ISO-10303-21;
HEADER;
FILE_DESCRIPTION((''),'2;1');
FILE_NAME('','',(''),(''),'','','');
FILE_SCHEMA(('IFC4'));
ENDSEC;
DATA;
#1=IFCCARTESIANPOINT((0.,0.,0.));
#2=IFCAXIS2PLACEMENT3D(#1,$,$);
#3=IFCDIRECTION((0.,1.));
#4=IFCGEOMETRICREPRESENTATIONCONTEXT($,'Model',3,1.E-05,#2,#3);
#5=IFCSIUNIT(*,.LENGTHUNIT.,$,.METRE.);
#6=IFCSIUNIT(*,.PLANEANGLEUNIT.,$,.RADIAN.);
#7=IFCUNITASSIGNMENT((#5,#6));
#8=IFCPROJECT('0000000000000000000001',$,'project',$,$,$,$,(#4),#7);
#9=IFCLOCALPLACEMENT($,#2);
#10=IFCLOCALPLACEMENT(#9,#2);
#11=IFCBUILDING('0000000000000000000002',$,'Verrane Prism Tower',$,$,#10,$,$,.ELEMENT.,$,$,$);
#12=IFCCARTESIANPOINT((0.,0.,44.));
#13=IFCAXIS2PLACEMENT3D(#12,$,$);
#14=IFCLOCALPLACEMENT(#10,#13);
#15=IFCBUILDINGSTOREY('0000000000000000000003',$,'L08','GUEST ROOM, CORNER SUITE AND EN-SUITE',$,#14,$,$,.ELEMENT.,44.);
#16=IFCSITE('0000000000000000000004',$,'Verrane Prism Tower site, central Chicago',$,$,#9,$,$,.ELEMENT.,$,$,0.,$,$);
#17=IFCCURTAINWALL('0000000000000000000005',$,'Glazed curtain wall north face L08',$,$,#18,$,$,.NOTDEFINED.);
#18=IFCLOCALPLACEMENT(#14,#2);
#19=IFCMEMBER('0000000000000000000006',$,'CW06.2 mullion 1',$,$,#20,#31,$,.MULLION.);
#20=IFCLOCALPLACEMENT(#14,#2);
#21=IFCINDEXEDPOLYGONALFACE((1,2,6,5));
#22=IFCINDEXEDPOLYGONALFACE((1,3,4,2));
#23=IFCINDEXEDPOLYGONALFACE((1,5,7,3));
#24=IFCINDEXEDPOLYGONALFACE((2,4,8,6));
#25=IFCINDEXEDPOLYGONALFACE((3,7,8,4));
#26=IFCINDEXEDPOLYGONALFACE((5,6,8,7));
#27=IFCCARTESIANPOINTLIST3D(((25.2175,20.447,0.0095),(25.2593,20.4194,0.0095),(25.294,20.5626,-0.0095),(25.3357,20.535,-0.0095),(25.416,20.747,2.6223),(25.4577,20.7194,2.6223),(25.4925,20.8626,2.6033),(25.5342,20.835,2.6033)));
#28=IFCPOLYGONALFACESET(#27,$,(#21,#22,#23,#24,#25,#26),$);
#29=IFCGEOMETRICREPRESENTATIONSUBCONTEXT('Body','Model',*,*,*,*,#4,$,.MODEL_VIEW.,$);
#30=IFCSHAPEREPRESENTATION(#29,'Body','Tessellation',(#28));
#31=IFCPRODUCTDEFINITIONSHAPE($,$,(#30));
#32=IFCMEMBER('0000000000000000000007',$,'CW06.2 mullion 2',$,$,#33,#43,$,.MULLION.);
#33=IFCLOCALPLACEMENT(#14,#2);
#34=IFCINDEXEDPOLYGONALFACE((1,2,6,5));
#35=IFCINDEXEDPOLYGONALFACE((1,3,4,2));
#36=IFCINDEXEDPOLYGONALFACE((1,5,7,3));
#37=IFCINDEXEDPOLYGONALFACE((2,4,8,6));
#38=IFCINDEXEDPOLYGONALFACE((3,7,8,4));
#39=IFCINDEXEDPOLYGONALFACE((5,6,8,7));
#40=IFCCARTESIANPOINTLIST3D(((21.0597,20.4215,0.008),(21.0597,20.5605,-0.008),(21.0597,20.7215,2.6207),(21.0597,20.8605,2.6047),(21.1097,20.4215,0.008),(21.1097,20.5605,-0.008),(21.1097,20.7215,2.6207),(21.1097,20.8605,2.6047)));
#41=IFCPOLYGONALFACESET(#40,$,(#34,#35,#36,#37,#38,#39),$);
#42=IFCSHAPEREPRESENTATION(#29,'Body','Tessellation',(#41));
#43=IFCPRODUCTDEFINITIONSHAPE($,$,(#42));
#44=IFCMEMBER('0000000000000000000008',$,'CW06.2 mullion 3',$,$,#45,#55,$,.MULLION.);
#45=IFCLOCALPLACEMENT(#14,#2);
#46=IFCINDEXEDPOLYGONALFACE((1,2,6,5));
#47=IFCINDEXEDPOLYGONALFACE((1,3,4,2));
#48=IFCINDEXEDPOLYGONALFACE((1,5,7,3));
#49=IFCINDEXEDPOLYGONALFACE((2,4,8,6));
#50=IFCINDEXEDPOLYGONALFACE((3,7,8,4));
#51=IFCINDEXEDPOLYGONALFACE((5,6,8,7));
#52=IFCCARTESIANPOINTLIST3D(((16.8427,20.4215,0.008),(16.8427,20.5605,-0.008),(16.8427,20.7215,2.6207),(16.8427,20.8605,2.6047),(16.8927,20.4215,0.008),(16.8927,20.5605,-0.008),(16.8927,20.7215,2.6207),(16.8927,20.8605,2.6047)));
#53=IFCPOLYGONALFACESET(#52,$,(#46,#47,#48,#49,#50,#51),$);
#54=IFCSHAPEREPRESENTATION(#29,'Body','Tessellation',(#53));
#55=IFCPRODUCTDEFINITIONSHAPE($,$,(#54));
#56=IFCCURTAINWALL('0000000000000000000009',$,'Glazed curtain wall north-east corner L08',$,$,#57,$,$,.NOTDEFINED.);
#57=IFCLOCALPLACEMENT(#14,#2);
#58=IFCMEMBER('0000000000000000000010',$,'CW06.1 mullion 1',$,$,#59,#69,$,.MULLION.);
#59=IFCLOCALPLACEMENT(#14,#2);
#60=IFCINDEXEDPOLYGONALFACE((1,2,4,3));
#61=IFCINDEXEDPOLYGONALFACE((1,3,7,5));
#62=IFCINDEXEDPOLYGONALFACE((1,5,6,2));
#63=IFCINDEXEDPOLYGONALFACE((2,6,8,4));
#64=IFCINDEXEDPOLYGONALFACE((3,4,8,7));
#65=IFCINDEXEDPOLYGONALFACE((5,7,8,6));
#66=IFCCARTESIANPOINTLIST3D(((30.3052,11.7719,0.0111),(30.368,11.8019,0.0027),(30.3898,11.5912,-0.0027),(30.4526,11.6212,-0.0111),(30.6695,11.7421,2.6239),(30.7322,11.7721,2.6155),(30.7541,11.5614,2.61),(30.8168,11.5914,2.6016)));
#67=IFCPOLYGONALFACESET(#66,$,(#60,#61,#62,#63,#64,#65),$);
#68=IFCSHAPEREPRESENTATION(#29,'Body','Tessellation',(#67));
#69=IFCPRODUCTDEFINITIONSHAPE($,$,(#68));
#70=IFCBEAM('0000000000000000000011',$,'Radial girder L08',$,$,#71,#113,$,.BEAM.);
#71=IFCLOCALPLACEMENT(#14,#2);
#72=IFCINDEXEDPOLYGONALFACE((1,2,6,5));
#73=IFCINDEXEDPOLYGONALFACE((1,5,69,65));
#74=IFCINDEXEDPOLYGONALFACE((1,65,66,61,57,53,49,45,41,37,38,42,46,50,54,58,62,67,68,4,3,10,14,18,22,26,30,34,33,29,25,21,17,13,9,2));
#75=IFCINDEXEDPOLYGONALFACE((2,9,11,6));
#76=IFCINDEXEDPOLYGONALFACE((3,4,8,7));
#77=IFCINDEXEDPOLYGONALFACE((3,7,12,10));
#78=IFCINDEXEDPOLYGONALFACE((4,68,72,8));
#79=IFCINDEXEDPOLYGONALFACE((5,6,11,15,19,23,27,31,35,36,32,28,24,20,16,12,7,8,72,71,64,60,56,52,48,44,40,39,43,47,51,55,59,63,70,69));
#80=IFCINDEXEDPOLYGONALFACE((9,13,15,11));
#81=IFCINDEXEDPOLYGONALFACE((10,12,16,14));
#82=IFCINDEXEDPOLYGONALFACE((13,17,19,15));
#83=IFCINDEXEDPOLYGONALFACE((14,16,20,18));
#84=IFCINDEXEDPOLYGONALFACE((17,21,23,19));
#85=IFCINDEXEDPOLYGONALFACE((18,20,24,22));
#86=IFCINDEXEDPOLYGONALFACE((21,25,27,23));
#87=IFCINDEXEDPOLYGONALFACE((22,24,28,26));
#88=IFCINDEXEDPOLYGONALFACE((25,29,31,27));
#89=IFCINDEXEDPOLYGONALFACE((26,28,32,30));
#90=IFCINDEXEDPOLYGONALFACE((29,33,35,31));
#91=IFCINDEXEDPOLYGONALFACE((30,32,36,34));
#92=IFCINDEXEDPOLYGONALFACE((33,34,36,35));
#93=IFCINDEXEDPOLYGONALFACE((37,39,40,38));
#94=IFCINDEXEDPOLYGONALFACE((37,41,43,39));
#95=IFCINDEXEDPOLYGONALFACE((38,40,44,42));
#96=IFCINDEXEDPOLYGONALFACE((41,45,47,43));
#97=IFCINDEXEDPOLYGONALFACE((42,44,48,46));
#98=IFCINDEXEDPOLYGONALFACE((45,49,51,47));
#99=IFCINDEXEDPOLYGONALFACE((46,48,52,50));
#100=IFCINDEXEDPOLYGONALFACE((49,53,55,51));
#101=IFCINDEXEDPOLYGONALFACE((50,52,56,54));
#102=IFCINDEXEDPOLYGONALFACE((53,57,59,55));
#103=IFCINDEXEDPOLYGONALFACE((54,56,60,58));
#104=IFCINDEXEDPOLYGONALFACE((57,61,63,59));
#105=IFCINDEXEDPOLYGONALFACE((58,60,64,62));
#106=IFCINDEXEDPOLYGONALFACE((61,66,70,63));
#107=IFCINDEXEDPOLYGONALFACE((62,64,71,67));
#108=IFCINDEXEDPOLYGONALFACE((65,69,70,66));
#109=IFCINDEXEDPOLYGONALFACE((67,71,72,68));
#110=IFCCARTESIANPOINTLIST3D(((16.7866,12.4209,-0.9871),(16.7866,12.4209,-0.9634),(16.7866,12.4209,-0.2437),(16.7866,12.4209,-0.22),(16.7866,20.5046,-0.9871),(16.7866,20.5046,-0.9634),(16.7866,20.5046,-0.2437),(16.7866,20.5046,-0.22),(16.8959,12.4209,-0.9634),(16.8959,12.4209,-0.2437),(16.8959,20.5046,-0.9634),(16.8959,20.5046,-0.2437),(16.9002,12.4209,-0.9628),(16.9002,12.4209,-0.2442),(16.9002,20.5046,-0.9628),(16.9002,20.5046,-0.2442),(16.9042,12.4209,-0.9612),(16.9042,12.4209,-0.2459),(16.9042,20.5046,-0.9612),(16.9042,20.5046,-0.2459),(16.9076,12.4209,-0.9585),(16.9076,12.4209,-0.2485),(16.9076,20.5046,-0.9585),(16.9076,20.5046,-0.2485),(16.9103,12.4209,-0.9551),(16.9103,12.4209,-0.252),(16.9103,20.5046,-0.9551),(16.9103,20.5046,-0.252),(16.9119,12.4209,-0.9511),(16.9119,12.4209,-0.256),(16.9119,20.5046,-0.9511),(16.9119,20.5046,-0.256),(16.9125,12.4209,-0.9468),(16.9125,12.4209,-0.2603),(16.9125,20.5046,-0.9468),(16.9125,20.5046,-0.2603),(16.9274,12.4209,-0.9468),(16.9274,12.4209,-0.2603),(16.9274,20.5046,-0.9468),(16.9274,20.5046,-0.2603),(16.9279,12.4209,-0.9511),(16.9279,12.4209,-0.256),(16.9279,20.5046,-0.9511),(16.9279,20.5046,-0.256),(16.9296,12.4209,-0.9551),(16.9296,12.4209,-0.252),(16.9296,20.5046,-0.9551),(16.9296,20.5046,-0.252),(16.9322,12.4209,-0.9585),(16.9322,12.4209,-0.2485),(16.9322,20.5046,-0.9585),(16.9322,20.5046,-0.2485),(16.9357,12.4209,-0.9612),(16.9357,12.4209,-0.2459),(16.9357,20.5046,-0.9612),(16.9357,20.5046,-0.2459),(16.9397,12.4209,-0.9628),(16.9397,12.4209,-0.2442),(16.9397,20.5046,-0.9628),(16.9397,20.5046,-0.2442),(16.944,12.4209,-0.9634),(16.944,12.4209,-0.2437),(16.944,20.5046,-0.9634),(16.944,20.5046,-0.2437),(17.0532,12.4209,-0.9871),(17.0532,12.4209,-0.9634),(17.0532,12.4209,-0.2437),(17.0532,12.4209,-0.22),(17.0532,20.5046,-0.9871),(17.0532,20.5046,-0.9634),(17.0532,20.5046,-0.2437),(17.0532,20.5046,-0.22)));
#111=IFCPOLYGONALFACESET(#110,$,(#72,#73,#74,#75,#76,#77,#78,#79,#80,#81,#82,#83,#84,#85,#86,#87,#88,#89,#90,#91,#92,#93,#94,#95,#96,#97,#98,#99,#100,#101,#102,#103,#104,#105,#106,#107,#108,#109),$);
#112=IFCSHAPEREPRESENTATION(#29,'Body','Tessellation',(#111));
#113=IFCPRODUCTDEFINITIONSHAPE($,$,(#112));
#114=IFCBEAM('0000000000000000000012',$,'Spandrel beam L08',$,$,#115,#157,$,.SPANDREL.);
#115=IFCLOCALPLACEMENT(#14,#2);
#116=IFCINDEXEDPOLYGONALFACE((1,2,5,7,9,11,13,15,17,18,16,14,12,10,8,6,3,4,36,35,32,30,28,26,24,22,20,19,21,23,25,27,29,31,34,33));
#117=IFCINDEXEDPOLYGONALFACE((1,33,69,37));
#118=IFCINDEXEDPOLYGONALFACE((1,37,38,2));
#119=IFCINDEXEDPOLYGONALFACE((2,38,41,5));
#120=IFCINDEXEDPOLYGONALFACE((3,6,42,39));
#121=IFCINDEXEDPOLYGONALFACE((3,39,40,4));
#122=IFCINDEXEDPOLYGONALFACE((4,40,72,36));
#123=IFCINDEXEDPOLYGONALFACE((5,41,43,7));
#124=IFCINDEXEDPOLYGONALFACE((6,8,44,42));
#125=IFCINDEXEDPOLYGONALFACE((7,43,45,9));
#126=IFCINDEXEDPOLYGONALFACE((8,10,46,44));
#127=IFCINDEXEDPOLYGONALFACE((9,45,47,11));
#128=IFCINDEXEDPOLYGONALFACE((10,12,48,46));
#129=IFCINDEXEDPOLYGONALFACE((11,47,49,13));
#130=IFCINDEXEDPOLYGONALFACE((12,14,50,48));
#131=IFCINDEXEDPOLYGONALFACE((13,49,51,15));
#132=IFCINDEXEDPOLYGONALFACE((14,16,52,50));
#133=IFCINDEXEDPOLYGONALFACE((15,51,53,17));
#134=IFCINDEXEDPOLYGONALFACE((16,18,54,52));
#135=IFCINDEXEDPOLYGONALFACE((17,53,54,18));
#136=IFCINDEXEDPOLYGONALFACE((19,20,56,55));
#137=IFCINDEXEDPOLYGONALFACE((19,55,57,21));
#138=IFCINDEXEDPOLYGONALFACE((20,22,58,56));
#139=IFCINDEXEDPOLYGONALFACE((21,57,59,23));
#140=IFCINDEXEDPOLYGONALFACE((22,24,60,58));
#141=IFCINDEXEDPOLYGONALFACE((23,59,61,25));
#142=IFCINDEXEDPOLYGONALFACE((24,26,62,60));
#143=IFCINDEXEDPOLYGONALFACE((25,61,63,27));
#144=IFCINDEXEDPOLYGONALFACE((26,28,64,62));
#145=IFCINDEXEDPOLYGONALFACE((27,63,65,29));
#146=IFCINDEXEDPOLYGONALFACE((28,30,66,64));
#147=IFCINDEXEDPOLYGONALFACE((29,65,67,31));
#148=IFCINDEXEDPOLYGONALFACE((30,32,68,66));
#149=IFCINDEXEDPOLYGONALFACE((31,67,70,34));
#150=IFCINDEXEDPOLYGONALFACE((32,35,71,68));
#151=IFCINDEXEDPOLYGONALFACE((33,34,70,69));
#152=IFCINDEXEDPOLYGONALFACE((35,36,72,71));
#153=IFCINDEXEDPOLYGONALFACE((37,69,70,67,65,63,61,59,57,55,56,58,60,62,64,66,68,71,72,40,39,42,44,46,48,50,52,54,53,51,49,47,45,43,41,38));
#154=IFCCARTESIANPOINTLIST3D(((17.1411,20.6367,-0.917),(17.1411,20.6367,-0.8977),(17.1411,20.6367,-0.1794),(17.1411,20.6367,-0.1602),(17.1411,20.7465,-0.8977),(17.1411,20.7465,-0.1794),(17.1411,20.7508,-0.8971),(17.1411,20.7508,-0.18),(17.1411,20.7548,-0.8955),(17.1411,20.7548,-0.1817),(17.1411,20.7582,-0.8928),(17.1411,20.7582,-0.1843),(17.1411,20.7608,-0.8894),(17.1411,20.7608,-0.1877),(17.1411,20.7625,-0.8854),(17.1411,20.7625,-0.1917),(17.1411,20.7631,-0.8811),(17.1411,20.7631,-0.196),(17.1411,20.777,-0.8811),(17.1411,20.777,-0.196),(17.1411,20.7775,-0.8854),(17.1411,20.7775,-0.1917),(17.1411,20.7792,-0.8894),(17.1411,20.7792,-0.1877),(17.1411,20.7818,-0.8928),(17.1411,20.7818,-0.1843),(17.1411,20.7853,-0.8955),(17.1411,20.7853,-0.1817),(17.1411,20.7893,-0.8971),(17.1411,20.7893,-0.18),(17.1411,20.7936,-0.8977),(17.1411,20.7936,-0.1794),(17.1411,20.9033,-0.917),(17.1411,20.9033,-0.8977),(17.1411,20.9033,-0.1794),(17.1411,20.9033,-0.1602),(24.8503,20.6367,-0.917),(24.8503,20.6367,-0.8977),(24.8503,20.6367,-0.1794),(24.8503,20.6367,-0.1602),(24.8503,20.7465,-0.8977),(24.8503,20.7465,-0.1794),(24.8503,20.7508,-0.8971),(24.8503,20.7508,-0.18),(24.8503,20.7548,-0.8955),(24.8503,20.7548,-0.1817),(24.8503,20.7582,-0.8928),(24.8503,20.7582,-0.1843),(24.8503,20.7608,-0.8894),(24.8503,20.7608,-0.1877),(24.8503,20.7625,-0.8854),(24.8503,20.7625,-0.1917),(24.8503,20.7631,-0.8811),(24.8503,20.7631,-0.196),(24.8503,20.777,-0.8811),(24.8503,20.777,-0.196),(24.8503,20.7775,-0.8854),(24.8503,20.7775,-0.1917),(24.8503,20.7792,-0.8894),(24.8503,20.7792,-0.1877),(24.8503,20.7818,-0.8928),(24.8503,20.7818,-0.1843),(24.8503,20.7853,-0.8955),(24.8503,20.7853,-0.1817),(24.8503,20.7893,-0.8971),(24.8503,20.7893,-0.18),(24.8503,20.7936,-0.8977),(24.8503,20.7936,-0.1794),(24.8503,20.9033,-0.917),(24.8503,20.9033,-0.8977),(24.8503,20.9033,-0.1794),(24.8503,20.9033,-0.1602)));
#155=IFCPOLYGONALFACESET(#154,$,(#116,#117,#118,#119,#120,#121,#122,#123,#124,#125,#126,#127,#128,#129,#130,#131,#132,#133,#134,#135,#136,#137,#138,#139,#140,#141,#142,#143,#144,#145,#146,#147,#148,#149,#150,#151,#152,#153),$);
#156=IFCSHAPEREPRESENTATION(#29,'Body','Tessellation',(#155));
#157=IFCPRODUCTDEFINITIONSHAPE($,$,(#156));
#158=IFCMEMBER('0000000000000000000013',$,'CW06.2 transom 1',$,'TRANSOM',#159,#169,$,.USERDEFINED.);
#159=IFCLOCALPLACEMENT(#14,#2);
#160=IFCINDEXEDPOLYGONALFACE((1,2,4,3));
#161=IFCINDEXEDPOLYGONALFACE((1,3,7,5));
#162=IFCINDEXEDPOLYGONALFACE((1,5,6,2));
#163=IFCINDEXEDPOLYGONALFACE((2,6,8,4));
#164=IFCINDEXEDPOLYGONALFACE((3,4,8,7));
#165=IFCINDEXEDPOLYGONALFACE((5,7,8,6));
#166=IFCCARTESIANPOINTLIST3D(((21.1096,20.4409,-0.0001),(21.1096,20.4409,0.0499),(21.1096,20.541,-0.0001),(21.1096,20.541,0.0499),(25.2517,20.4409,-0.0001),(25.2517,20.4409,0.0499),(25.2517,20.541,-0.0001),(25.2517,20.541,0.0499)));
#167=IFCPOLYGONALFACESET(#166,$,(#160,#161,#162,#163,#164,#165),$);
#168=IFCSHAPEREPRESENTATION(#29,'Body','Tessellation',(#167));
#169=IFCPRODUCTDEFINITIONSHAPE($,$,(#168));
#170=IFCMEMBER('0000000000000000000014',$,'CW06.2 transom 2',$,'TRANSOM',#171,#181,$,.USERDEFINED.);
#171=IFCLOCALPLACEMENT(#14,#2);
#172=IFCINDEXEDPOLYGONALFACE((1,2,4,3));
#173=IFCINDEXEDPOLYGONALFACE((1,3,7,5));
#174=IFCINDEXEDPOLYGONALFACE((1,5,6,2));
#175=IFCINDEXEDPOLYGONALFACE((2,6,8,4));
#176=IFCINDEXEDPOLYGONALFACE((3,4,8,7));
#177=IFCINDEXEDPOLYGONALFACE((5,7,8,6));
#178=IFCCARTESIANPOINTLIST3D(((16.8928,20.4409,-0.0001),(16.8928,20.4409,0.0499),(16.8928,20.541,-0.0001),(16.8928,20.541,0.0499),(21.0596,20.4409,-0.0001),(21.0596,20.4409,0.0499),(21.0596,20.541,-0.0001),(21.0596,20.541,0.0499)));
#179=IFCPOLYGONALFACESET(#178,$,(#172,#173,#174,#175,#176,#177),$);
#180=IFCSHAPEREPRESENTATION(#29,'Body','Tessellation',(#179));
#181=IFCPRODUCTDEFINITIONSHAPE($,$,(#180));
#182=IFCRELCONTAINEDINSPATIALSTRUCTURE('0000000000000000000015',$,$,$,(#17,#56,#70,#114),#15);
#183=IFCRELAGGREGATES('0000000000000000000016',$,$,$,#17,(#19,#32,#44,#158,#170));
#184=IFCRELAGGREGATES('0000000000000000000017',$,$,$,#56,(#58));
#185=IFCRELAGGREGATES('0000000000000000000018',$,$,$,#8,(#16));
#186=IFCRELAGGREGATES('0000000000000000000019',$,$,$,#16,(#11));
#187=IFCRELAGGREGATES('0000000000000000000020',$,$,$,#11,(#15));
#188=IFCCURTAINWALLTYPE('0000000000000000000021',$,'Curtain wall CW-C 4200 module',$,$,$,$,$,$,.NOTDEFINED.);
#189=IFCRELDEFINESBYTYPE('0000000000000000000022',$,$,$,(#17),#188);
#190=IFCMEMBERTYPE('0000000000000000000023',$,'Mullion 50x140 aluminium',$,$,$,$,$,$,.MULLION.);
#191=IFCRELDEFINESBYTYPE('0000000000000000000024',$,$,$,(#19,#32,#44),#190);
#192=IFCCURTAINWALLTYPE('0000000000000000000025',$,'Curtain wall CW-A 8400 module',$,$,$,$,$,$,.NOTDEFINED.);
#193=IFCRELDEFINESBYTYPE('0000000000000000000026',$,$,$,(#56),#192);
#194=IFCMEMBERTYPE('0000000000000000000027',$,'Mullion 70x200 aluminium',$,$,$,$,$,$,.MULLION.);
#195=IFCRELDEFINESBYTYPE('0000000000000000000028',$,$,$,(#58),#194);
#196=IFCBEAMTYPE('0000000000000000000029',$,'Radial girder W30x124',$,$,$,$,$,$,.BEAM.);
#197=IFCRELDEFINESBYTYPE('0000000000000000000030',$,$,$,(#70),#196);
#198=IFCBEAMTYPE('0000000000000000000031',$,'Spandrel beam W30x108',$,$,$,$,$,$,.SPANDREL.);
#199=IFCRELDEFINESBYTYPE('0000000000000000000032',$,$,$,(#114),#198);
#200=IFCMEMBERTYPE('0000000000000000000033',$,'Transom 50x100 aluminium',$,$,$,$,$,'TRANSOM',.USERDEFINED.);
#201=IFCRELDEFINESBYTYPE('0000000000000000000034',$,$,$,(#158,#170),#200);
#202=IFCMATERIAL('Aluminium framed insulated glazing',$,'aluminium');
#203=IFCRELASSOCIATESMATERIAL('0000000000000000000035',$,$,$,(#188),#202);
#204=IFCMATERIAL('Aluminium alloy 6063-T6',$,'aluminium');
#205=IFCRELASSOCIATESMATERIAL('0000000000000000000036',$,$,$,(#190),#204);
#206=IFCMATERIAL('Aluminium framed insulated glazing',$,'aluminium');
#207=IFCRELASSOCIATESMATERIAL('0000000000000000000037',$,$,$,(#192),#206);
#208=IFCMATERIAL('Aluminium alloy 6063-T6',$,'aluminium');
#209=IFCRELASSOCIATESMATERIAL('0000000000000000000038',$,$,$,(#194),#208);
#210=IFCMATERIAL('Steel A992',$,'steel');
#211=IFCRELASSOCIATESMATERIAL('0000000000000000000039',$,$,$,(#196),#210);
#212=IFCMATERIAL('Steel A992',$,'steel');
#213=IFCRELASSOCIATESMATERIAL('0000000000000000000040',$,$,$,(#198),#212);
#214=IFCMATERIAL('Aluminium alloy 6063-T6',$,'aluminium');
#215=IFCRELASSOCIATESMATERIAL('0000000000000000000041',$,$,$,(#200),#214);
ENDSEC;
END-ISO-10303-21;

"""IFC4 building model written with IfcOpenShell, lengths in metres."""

from ifc_helpers import new_model, si_unit, direction, frame, origin, origin_2d, place, context, subcontext, project, spatial, rectangle, i_section, extrude, material, material_profile, profile_set, type_object, element, aggregate, save


model = new_model("IFC4")

# Units and contexts
model_context = context("Model", 3, precision=1e-05, world=origin(), true_north=direction((0.0, 1.0)))
body_context = subcontext(model_context, "Body", "Model", "MODEL_VIEW")
ifc_project = project(units=[si_unit("LENGTHUNIT", "METRE"), si_unit("PLANEANGLEUNIT", "RADIAN")], contexts=[model_context])

# Site, building, storey
site_placement = place(None, origin())
site = spatial("IfcSite", under=ifc_project, at=site_placement, Name="Verrane Prism Tower site, central Chicago", CompositionType="ELEMENT", RefElevation=0.0)
building_placement = place(site_placement, origin())
building = spatial("IfcBuilding", under=site, at=building_placement, Name="Verrane Prism Tower", CompositionType="ELEMENT")
storey_placement = place(building_placement, frame((0.0, 0.0, 44.0)))
storey = spatial("IfcBuildingStorey", under=building, at=storey_placement, Name="L08", Description="GUEST ROOM, CORNER SUITE AND EN-SUITE", CompositionType="ELEMENT", Elevation=44.0)

# Curtain wall, members
ifc_material_1 = material(Name="Aluminium framed insulated glazing", Category="aluminium")
curtain_wall_type_1 = type_object("IfcCurtainWallType", Name="Curtain wall CW-C 4200 module", PredefinedType="NOTDEFINED", material=ifc_material_1)
curtain_wall_1_placement = place(storey_placement, origin())
curtain_wall_1 = element("IfcCurtainWall", 1, at=curtain_wall_1_placement, inside=storey, type_object=curtain_wall_type_1, Name="Glazed curtain wall north face L08", PredefinedType="NOTDEFINED")
ifc_material_2 = material(Name="Aluminium alloy 6063-T6", Category="aluminium")
ifc_material_profile_1 = material_profile(ifc_material_2, rectangle(XDim=0.1399, YDim=0.05, at=origin_2d()), Name="Mullion 50x140 aluminium")
ifc_profile_set_1 = profile_set([ifc_material_profile_1], Name="Aluminium alloy 6063-T6")
member_type_1 = type_object("IfcMemberType", Name="Mullion 50x140 aluminium", PredefinedType="MULLION", material=ifc_profile_set_1)
member_1_placement = place(storey_placement, frame((25.2766, 20.491, 0.0), z_axis=(0.075257, 0.113765, 0.990653), x_axis=(0.546564, 0.826233, -0.136404)))
member_1 = element("IfcMember", 2, at=member_1_placement, type_object=member_type_1, Name="CW06.2 mullion 1", PredefinedType="MULLION", context=body_context, shape_type="SweptSolid", body=[
    extrude(rectangle(XDim=0.1399, YDim=0.05, at=origin_2d()), origin(), (0.0, 0.0, 1.0), 2.6375),
])
member_2_placement = place(storey_placement, frame((21.0847, 20.491, 0.0), z_axis=(0.0, 0.114089, 0.993471), x_axis=(0.0, 0.993471, -0.114089)))
member_2 = element("IfcMember", 3, at=member_2_placement, type_object=member_type_1, Name="CW06.2 mullion 2", PredefinedType="MULLION", context=body_context, shape_type="SweptSolid", body=[
    extrude(rectangle(XDim=0.1399, YDim=0.05, at=origin_2d()), origin(), (0.0, 0.0, 1.0), 2.6299),
])
member_3_placement = place(storey_placement, frame((16.8677, 20.491, 0.0), z_axis=(0.0, 0.114089, 0.993471), x_axis=(0.0, 0.993471, -0.114089)))
member_3 = element("IfcMember", 4, at=member_3_placement, type_object=member_type_1, Name="CW06.2 mullion 3", PredefinedType="MULLION", context=body_context, shape_type="SweptSolid", body=[
    extrude(rectangle(XDim=0.1399, YDim=0.05, at=origin_2d()), origin(), (0.0, 0.0, 1.0), 2.6299),
])

# Curtain wall, member
ifc_material_3 = material(Name="Aluminium framed insulated glazing", Category="aluminium")
curtain_wall_type_2 = type_object("IfcCurtainWallType", Name="Curtain wall CW-A 8400 module", PredefinedType="NOTDEFINED", material=ifc_material_3)
curtain_wall_2_placement = place(storey_placement, origin())
curtain_wall_2 = element("IfcCurtainWall", 5, at=curtain_wall_2_placement, inside=storey, type_object=curtain_wall_type_2, Name="Glazed curtain wall north-east corner L08", PredefinedType="NOTDEFINED")
ifc_material_4 = material(Name="Aluminium alloy 6063-T6", Category="aluminium")
ifc_material_profile_2 = material_profile(ifc_material_4, rectangle(XDim=0.2, YDim=0.0701, at=origin_2d()), Name="Mullion 70x200 aluminium")
ifc_profile_set_2 = profile_set([ifc_material_profile_2], Name="Aluminium alloy 6063-T6")
member_type_2 = type_object("IfcMemberType", Name="Mullion 70x200 aluminium", PredefinedType="MULLION", material=ifc_profile_set_2)
member_4_placement = place(storey_placement, frame((30.3789, 11.6965, 0.0), z_axis=(0.138069, -0.01129, 0.990358), x_axis=(0.42295, -0.903502, -0.069264)))
member_4 = element("IfcMember", 6, at=member_4_placement, type_object=member_type_2, Name="CW06.1 mullion 1", PredefinedType="MULLION", context=body_context, shape_type="SweptSolid", body=[
    extrude(rectangle(XDim=0.2, YDim=0.0701, at=origin_2d()), origin(), (0.0, 0.0, 1.0), 2.6382),
])

# Beams
ifc_material_5 = material(Name="Steel A992", Category="steel")
ifc_material_profile_3 = material_profile(ifc_material_5, i_section(OverallWidth=0.2666, OverallDepth=0.7671, WebThickness=0.0149, FlangeThickness=0.0237, FilletRadius=0.0166, at=origin_2d()), Name="W30x124")
ifc_profile_set_3 = profile_set([ifc_material_profile_3], Name="Steel A992")
beam_type_1 = type_object("IfcBeamType", Name="Radial girder W30x124", PredefinedType="BEAM", material=ifc_profile_set_3)
beam_1_placement = place(storey_placement, frame((16.9199, 20.5046, -0.6035), z_axis=(0.0, -1.0, 0.0), x_axis=(1.0, 0.0, 0.0)))
element("IfcBeam", 7, at=beam_1_placement, inside=storey, type_object=beam_type_1, Name="Radial girder L08", PredefinedType="BEAM", context=body_context, shape_type="SweptSolid", body=[
    extrude(i_section(OverallWidth=0.2666, OverallDepth=0.7671, WebThickness=0.0149, FlangeThickness=0.0237, FilletRadius=0.0166, at=origin_2d()), origin(), (0.0, 0.0, 1.0), 8.0837),
])
ifc_material_6 = material(Name="Steel A992", Category="steel")
ifc_material_profile_4 = material_profile(ifc_material_6, i_section(OverallWidth=0.2666, OverallDepth=0.7568, WebThickness=0.0139, FlangeThickness=0.0193, FilletRadius=0.0166, at=origin_2d()), Name="W30x108")
ifc_profile_set_4 = profile_set([ifc_material_profile_4], Name="Steel A992")
beam_type_2 = type_object("IfcBeamType", Name="Spandrel beam W30x108", PredefinedType="SPANDREL", material=ifc_profile_set_4)
beam_2_placement = place(storey_placement, frame((24.8503, 20.77, -0.5386), z_axis=(-1.0, 0.0, 0.0), x_axis=(0.0, -1.0, 0.0)))
element("IfcBeam", 8, at=beam_2_placement, inside=storey, type_object=beam_type_2, Name="Spandrel beam L08", PredefinedType="SPANDREL", context=body_context, shape_type="SweptSolid", body=[
    extrude(i_section(OverallWidth=0.2666, OverallDepth=0.7568, WebThickness=0.0139, FlangeThickness=0.0193, FilletRadius=0.0166, at=origin_2d()), origin(), (0.0, 0.0, 1.0), 7.7092),
])

# Members
ifc_material_7 = material(Name="Aluminium alloy 6063-T6", Category="aluminium")
ifc_material_profile_5 = material_profile(ifc_material_7, rectangle(XDim=0.1001, YDim=0.05, at=origin_2d()), Name="Transom 50x100 aluminium")
ifc_profile_set_5 = profile_set([ifc_material_profile_5], Name="Aluminium alloy 6063-T6")
member_type_3 = type_object("IfcMemberType", Name="Transom 50x100 aluminium", ElementType="TRANSOM", PredefinedType="USERDEFINED", material=ifc_profile_set_5)
member_5_placement = place(storey_placement, frame((25.2517, 20.491, 0.0249), z_axis=(-1.0, 0.0, 0.0), x_axis=(0.0, -1.0, 0.0)))
member_5 = element("IfcMember", 9, at=member_5_placement, type_object=member_type_3, Name="CW06.2 transom 1", ObjectType="TRANSOM", PredefinedType="USERDEFINED", context=body_context, shape_type="SweptSolid", body=[
    extrude(rectangle(XDim=0.1001, YDim=0.05, at=origin_2d()), origin(), (0.0, 0.0, 1.0), 4.1421),
])
member_6_placement = place(storey_placement, frame((21.0596, 20.491, 0.0249), z_axis=(-1.0, 0.0, 0.0), x_axis=(0.0, -1.0, 0.0)))
member_6 = element("IfcMember", 10, at=member_6_placement, type_object=member_type_3, Name="CW06.2 transom 2", ObjectType="TRANSOM", PredefinedType="USERDEFINED", context=body_context, shape_type="SweptSolid", body=[
    extrude(rectangle(XDim=0.1001, YDim=0.05, at=origin_2d()), origin(), (0.0, 0.0, 1.0), 4.1667),
])

aggregate(curtain_wall_1, [member_1, member_2, member_3, member_5, member_6])
aggregate(curtain_wall_2, [member_4])

save(model, "model.ifc")
